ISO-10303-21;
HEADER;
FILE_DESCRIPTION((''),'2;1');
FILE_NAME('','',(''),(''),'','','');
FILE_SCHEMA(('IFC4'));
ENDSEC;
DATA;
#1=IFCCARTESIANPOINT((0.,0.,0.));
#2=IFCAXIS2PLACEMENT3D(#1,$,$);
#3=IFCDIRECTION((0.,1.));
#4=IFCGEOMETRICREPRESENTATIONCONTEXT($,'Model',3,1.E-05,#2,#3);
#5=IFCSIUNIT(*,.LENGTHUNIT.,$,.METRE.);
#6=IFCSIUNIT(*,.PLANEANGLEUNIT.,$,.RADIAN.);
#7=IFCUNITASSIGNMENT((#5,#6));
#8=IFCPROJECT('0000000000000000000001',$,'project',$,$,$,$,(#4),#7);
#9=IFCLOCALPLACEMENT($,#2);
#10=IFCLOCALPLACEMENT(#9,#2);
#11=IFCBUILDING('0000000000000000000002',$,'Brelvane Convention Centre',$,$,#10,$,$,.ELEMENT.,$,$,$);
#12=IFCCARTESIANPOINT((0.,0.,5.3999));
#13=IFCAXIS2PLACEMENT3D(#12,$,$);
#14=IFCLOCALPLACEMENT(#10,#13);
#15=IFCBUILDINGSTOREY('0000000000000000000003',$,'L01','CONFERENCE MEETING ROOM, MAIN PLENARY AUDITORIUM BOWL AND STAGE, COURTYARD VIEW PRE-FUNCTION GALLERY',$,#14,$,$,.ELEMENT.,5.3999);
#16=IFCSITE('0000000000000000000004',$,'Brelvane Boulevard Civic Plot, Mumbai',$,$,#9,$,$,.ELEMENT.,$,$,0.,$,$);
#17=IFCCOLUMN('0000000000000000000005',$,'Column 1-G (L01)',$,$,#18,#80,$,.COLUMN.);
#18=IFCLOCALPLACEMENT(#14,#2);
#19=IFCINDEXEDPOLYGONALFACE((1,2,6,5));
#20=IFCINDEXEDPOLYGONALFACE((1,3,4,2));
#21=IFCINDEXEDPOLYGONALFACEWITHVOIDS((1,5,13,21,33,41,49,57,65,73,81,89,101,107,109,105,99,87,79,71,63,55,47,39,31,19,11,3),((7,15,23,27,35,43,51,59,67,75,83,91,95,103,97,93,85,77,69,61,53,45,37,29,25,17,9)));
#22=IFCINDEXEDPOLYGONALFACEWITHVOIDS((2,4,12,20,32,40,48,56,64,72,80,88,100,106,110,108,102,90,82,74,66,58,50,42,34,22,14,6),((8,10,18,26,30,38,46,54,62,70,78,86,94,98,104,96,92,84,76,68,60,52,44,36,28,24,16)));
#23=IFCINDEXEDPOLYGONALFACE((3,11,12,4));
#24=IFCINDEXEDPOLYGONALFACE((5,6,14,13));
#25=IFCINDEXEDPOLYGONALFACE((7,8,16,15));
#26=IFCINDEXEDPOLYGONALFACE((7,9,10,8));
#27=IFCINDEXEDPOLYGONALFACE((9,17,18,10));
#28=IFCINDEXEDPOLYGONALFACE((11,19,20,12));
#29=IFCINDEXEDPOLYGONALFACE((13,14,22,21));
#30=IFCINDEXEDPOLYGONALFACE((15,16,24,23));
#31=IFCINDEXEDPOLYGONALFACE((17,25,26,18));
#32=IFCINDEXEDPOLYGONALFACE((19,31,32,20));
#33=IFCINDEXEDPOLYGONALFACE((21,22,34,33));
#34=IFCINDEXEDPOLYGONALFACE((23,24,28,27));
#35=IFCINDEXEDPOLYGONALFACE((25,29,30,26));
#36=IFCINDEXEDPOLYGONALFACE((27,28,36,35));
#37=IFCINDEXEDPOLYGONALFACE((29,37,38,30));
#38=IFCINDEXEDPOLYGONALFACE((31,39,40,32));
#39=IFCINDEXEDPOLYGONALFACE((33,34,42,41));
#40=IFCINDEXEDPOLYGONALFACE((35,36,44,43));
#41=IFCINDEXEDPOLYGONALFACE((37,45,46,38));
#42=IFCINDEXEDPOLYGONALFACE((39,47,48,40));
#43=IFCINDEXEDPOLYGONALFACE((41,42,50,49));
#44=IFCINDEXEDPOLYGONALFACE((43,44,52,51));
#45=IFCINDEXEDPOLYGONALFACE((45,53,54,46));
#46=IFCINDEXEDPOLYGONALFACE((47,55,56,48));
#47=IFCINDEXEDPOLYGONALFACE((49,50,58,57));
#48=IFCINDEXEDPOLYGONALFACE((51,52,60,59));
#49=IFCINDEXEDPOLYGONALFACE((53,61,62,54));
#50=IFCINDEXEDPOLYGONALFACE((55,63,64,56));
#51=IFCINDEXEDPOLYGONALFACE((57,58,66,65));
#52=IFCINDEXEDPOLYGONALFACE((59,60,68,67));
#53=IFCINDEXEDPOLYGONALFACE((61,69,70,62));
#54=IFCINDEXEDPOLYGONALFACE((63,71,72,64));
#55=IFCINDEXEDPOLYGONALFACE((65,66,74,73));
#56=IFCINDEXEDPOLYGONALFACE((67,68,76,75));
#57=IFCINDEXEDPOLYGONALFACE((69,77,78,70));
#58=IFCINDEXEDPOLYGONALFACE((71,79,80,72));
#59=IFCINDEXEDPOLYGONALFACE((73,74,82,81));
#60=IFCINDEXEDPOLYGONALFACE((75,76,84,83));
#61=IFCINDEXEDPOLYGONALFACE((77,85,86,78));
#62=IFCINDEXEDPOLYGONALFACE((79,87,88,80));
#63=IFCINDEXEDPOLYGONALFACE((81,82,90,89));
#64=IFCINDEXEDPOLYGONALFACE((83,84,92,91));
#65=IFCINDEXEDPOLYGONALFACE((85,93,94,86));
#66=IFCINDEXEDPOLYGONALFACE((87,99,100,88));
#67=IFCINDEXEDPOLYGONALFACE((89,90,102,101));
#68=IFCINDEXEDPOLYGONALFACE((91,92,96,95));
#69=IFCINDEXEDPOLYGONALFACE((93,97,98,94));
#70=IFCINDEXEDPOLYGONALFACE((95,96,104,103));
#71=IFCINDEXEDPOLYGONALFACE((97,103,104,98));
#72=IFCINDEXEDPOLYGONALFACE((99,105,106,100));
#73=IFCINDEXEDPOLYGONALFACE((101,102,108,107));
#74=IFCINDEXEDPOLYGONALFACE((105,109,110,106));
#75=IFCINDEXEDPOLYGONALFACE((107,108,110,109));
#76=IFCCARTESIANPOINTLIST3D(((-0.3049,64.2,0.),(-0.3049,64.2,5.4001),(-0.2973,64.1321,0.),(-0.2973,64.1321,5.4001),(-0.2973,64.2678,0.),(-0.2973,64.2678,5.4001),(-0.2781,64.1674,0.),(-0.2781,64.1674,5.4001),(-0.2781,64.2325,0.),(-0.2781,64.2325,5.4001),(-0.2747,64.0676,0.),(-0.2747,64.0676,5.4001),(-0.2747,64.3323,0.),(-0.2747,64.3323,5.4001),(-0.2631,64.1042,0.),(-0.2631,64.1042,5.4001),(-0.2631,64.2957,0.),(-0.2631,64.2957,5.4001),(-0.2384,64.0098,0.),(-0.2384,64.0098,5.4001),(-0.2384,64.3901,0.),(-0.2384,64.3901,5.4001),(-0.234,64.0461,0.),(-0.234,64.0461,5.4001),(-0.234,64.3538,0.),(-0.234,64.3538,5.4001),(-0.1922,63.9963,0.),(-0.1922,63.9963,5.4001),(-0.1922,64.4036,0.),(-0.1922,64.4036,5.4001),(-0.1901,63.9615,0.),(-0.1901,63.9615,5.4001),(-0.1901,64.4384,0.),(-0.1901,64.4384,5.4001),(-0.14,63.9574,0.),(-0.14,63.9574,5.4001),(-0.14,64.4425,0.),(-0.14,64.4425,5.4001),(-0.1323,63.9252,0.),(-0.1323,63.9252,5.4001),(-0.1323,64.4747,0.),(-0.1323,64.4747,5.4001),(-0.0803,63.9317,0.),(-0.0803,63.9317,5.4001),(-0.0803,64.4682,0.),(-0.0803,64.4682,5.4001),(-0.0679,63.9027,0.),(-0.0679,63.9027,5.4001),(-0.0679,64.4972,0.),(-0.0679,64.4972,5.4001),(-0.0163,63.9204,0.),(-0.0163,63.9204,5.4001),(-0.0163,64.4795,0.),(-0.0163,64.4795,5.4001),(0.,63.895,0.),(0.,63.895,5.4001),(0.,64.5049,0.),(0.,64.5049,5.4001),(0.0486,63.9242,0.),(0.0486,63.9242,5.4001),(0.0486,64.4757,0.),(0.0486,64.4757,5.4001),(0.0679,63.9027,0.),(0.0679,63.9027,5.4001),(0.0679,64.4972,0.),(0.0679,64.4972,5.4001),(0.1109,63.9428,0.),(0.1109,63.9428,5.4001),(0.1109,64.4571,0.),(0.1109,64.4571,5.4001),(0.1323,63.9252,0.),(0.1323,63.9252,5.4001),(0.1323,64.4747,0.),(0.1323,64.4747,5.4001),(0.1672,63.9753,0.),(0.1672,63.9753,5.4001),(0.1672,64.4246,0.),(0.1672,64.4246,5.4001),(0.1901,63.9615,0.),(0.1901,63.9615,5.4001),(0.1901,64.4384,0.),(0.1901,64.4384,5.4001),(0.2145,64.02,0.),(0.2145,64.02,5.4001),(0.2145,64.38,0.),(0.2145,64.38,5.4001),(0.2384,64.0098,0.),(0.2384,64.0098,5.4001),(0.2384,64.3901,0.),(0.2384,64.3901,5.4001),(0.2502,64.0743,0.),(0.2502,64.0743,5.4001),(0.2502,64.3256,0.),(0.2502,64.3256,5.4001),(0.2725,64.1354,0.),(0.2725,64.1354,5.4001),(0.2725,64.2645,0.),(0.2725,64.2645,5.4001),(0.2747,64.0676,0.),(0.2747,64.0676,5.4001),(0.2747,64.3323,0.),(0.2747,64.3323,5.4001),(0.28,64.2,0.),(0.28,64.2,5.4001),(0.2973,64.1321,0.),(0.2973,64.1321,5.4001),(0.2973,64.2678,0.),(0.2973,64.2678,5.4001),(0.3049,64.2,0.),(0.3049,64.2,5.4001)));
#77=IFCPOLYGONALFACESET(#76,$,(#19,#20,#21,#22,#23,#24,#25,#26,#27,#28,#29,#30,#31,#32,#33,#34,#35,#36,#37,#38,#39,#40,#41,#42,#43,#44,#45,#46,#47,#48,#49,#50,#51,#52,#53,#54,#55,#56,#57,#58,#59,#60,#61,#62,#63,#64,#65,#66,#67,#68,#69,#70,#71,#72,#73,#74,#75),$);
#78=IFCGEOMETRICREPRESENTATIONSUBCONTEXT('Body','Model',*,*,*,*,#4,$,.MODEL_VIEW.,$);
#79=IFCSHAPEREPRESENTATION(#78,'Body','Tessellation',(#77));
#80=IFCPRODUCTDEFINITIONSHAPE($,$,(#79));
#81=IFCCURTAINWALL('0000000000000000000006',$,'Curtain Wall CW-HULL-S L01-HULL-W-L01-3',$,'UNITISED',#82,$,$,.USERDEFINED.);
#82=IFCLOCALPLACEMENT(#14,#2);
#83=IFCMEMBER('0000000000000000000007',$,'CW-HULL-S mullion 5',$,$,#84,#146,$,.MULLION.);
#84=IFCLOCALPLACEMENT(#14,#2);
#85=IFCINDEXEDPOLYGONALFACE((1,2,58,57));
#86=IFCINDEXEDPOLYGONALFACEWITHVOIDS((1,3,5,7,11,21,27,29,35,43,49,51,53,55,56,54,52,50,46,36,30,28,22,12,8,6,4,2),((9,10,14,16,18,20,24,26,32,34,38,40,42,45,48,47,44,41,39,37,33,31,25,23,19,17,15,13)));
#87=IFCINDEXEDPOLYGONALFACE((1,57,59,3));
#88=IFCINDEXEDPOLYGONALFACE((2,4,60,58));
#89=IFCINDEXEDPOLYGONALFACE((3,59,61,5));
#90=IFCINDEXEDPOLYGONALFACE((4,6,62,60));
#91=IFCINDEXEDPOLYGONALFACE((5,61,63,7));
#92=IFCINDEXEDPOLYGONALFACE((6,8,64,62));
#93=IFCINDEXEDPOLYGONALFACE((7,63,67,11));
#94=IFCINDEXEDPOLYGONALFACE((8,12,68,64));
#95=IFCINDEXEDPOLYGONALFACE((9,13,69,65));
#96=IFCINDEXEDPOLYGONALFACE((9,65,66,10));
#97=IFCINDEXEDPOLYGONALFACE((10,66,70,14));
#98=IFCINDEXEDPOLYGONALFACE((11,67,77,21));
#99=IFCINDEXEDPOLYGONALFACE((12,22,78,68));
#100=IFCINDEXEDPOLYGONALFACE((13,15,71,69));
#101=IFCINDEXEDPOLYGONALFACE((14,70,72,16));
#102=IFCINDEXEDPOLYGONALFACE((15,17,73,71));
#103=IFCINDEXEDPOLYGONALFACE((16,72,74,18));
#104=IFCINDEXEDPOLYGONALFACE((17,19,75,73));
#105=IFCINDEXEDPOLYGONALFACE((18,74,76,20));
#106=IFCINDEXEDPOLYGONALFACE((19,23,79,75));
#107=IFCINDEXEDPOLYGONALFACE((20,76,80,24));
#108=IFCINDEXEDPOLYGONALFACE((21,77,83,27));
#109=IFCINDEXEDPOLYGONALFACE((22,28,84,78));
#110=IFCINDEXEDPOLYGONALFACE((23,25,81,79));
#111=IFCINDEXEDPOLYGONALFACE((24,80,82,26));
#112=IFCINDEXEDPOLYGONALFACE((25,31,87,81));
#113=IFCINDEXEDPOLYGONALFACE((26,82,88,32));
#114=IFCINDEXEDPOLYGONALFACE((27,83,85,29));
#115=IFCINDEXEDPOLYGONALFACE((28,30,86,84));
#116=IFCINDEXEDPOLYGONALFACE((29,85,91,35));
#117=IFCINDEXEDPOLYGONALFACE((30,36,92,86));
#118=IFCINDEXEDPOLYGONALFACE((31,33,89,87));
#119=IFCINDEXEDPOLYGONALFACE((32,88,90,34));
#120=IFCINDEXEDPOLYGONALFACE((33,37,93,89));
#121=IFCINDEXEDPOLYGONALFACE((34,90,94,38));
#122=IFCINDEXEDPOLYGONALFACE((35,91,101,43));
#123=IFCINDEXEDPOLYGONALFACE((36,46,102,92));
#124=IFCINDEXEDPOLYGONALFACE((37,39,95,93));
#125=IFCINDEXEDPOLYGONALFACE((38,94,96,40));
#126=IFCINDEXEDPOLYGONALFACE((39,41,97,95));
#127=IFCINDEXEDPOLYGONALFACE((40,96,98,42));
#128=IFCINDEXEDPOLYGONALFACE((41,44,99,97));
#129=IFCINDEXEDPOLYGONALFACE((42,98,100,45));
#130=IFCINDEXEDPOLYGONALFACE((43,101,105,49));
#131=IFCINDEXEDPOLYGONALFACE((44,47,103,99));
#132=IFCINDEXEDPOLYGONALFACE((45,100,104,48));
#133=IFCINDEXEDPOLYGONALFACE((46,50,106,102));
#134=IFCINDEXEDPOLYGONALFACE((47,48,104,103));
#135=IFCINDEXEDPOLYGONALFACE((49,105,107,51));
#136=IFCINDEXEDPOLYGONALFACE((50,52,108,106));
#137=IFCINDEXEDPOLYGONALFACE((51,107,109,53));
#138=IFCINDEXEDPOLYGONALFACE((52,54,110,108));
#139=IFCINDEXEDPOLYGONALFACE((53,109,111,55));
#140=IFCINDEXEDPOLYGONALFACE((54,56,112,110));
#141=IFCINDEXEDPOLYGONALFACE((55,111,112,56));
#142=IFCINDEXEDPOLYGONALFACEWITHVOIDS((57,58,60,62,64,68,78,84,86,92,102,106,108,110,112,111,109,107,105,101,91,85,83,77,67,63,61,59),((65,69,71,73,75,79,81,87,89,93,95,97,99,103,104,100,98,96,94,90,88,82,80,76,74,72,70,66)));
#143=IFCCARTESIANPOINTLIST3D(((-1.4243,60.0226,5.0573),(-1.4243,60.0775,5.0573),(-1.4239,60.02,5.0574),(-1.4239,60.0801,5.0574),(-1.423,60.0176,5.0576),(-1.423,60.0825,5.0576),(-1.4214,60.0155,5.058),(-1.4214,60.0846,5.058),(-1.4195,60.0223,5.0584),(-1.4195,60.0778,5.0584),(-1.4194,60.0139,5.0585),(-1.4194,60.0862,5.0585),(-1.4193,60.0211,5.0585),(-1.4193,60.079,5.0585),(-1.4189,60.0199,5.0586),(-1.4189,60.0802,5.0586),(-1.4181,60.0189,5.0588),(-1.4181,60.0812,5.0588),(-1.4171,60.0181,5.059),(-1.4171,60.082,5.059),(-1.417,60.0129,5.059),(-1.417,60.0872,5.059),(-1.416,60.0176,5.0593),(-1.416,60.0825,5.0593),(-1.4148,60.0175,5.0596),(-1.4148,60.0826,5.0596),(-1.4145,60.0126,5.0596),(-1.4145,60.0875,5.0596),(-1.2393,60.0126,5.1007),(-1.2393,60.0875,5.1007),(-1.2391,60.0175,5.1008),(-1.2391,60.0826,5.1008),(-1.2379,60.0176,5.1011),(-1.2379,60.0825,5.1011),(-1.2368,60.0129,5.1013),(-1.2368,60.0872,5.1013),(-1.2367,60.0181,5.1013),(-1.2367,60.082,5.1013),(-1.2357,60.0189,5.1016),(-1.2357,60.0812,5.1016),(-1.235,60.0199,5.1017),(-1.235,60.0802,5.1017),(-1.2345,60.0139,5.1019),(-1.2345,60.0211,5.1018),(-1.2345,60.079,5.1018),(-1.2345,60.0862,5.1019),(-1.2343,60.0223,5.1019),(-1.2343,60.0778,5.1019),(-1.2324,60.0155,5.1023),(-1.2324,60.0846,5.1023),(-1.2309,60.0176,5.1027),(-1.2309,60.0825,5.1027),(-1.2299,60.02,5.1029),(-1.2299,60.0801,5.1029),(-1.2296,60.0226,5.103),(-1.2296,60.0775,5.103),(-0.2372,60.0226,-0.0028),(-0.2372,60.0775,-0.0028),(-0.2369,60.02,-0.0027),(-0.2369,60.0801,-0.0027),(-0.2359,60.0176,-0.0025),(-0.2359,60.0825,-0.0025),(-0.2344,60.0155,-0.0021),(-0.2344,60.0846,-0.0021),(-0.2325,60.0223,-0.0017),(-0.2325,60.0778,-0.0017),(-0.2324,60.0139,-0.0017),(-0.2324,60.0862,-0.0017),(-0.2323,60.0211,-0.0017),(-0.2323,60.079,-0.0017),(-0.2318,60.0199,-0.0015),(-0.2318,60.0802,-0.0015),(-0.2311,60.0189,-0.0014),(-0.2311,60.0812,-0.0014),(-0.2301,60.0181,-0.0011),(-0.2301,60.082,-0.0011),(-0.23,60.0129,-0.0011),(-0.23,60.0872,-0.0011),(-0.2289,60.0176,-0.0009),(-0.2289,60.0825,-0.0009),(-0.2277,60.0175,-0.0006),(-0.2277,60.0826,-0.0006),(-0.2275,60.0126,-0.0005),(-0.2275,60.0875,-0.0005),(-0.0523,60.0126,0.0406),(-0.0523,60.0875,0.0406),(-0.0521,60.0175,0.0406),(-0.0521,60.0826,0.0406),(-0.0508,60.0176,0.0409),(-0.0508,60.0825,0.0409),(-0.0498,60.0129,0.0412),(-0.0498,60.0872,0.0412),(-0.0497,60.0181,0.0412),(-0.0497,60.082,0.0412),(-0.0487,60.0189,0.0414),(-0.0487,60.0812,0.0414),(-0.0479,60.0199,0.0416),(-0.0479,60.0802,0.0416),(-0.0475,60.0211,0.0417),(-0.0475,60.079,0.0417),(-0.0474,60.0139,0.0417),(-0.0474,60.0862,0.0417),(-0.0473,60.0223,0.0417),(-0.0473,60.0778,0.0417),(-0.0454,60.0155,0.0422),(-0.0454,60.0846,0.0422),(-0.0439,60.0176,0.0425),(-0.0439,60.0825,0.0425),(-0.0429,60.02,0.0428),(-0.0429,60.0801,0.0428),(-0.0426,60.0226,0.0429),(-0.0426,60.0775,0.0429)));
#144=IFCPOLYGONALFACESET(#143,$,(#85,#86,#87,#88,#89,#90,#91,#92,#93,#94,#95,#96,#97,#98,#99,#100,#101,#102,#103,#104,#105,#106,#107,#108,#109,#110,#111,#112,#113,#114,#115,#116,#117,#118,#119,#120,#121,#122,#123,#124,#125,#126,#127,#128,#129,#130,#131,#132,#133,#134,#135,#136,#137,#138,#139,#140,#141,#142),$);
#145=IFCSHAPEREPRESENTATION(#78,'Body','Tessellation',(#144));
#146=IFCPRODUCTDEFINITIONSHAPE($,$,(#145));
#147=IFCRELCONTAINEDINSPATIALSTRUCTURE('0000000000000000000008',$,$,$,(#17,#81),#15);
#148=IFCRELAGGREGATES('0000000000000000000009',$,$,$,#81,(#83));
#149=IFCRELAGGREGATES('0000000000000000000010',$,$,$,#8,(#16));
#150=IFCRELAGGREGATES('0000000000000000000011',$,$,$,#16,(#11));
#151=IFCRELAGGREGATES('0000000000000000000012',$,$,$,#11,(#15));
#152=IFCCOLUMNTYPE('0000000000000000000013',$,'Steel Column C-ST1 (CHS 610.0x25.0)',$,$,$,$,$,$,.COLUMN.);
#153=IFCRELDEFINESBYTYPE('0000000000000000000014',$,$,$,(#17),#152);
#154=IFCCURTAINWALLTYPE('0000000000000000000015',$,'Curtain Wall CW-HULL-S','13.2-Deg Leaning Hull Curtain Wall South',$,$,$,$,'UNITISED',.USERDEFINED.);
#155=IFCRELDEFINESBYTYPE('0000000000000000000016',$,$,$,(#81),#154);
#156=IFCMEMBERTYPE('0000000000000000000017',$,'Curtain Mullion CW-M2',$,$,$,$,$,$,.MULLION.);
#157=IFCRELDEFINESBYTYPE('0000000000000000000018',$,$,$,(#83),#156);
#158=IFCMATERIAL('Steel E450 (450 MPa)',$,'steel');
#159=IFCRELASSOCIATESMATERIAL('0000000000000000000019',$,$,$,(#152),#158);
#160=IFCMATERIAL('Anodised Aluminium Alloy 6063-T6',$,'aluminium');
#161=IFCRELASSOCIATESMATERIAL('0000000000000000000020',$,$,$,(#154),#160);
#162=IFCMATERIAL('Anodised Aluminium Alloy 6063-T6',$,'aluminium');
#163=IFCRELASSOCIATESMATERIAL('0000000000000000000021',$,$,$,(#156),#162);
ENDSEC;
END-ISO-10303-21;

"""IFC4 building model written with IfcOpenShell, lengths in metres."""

from ifc_helpers import new_model, si_unit, direction, frame, origin, origin_2d, place, context, subcontext, project, spatial, hollow_rectangle, hollow_circle, extrude, material, material_profile, profile_set, type_object, element, aggregate, save


model = new_model("IFC4")

# Units and contexts
model_context = context("Model", 3, precision=1e-05, world=origin(), true_north=direction((0.0, 1.0)))
body_context = subcontext(model_context, "Body", "Model", "MODEL_VIEW")
ifc_project = project(units=[si_unit("LENGTHUNIT", "METRE"), si_unit("PLANEANGLEUNIT", "RADIAN")], contexts=[model_context])

# Site, building, storey
site_placement = place(None, origin())
site = spatial("IfcSite", under=ifc_project, at=site_placement, Name="Brelvane Boulevard Civic Plot, Mumbai", CompositionType="ELEMENT", RefElevation=0.0)
building_placement = place(site_placement, origin())
building = spatial("IfcBuilding", under=site, at=building_placement, Name="Brelvane Convention Centre", CompositionType="ELEMENT")
storey_placement = place(building_placement, frame((0.0, 0.0, 5.3999)))
storey = spatial("IfcBuildingStorey", under=building, at=storey_placement, Name="L01", Description="CONFERENCE MEETING ROOM, MAIN PLENARY AUDITORIUM BOWL AND STAGE, COURTYARD VIEW PRE-FUNCTION GALLERY", CompositionType="ELEMENT", Elevation=5.3999)

# Column
ifc_material_1 = material(Name="Steel E450 (450 MPa)", Category="steel")
ifc_material_profile_1 = material_profile(ifc_material_1, hollow_circle(Radius=0.3049, WallThickness=0.0249, at=origin_2d()), Name="CHS 610.0x25.0")
ifc_profile_set_1 = profile_set([ifc_material_profile_1], Name="Steel E450 (450 MPa)")
column_type = type_object("IfcColumnType", Name="Steel Column C-ST1 (CHS 610.0x25.0)", PredefinedType="COLUMN", material=ifc_profile_set_1)
column_placement = place(storey_placement, frame((0.0, 64.2, 0.0), z_axis=(0.0, 0.0, 1.0), x_axis=(1.0, 0.0, 0.0)))
element("IfcColumn", 1, at=column_placement, inside=storey, type_object=column_type, Name="Column 1-G (L01)", PredefinedType="COLUMN", context=body_context, shape_type="SweptSolid", body=[
    extrude(hollow_circle(Radius=0.3049, WallThickness=0.0249, at=origin_2d()), origin(), (0.0, 0.0, 1.0), 5.4001),
])

# Curtain wall, member
ifc_material_2 = material(Name="Anodised Aluminium Alloy 6063-T6", Category="aluminium")
curtain_wall_type = type_object("IfcCurtainWallType", Name="Curtain Wall CW-HULL-S", Description="13.2-Deg Leaning Hull Curtain Wall South", ElementType="UNITISED", PredefinedType="USERDEFINED", material=ifc_material_2)
curtain_wall_1_placement = place(storey_placement, origin())
curtain_wall_1 = element("IfcCurtainWall", 2, at=curtain_wall_1_placement, inside=storey, type_object=curtain_wall_type, Name="Curtain Wall CW-HULL-S L01-HULL-W-L01-3", ObjectType="UNITISED", PredefinedType="USERDEFINED")
ifc_material_3 = material(Name="Anodised Aluminium Alloy 6063-T6", Category="aluminium")
ifc_material_profile_2 = material_profile(ifc_material_3, hollow_rectangle(XDim=0.075, YDim=0.2, WallThickness=0.0049, InnerFilletRadius=0.0049, OuterFilletRadius=0.01, at=origin_2d()), Name="ALU-M 200x75x5.0")
ifc_profile_set_2 = profile_set([ifc_material_profile_2], Name="Anodised Aluminium Alloy 6063-T6")
member_type_1 = type_object("IfcMemberType", Name="Curtain Mullion CW-M2", PredefinedType="MULLION", material=ifc_profile_set_2)
member_1_placement = place(storey_placement, frame((-0.1399, 60.05, 0.02), z_axis=(-0.228385, 0.0, 0.973571), x_axis=(0.0, -1.0, 0.0)))
member_1 = element("IfcMember", 3, at=member_1_placement, type_object=member_type_1, Name="CW-HULL-S mullion 5", PredefinedType="MULLION", context=body_context, shape_type="SweptSolid", body=[
    extrude(hollow_rectangle(XDim=0.075, YDim=0.2, WallThickness=0.0049, InnerFilletRadius=0.0049, OuterFilletRadius=0.01, at=origin_2d()), origin(), (0.0, 0.0, 1.0), 5.1975),
])

aggregate(curtain_wall_1, [member_1])

save(model, "model.ifc")
